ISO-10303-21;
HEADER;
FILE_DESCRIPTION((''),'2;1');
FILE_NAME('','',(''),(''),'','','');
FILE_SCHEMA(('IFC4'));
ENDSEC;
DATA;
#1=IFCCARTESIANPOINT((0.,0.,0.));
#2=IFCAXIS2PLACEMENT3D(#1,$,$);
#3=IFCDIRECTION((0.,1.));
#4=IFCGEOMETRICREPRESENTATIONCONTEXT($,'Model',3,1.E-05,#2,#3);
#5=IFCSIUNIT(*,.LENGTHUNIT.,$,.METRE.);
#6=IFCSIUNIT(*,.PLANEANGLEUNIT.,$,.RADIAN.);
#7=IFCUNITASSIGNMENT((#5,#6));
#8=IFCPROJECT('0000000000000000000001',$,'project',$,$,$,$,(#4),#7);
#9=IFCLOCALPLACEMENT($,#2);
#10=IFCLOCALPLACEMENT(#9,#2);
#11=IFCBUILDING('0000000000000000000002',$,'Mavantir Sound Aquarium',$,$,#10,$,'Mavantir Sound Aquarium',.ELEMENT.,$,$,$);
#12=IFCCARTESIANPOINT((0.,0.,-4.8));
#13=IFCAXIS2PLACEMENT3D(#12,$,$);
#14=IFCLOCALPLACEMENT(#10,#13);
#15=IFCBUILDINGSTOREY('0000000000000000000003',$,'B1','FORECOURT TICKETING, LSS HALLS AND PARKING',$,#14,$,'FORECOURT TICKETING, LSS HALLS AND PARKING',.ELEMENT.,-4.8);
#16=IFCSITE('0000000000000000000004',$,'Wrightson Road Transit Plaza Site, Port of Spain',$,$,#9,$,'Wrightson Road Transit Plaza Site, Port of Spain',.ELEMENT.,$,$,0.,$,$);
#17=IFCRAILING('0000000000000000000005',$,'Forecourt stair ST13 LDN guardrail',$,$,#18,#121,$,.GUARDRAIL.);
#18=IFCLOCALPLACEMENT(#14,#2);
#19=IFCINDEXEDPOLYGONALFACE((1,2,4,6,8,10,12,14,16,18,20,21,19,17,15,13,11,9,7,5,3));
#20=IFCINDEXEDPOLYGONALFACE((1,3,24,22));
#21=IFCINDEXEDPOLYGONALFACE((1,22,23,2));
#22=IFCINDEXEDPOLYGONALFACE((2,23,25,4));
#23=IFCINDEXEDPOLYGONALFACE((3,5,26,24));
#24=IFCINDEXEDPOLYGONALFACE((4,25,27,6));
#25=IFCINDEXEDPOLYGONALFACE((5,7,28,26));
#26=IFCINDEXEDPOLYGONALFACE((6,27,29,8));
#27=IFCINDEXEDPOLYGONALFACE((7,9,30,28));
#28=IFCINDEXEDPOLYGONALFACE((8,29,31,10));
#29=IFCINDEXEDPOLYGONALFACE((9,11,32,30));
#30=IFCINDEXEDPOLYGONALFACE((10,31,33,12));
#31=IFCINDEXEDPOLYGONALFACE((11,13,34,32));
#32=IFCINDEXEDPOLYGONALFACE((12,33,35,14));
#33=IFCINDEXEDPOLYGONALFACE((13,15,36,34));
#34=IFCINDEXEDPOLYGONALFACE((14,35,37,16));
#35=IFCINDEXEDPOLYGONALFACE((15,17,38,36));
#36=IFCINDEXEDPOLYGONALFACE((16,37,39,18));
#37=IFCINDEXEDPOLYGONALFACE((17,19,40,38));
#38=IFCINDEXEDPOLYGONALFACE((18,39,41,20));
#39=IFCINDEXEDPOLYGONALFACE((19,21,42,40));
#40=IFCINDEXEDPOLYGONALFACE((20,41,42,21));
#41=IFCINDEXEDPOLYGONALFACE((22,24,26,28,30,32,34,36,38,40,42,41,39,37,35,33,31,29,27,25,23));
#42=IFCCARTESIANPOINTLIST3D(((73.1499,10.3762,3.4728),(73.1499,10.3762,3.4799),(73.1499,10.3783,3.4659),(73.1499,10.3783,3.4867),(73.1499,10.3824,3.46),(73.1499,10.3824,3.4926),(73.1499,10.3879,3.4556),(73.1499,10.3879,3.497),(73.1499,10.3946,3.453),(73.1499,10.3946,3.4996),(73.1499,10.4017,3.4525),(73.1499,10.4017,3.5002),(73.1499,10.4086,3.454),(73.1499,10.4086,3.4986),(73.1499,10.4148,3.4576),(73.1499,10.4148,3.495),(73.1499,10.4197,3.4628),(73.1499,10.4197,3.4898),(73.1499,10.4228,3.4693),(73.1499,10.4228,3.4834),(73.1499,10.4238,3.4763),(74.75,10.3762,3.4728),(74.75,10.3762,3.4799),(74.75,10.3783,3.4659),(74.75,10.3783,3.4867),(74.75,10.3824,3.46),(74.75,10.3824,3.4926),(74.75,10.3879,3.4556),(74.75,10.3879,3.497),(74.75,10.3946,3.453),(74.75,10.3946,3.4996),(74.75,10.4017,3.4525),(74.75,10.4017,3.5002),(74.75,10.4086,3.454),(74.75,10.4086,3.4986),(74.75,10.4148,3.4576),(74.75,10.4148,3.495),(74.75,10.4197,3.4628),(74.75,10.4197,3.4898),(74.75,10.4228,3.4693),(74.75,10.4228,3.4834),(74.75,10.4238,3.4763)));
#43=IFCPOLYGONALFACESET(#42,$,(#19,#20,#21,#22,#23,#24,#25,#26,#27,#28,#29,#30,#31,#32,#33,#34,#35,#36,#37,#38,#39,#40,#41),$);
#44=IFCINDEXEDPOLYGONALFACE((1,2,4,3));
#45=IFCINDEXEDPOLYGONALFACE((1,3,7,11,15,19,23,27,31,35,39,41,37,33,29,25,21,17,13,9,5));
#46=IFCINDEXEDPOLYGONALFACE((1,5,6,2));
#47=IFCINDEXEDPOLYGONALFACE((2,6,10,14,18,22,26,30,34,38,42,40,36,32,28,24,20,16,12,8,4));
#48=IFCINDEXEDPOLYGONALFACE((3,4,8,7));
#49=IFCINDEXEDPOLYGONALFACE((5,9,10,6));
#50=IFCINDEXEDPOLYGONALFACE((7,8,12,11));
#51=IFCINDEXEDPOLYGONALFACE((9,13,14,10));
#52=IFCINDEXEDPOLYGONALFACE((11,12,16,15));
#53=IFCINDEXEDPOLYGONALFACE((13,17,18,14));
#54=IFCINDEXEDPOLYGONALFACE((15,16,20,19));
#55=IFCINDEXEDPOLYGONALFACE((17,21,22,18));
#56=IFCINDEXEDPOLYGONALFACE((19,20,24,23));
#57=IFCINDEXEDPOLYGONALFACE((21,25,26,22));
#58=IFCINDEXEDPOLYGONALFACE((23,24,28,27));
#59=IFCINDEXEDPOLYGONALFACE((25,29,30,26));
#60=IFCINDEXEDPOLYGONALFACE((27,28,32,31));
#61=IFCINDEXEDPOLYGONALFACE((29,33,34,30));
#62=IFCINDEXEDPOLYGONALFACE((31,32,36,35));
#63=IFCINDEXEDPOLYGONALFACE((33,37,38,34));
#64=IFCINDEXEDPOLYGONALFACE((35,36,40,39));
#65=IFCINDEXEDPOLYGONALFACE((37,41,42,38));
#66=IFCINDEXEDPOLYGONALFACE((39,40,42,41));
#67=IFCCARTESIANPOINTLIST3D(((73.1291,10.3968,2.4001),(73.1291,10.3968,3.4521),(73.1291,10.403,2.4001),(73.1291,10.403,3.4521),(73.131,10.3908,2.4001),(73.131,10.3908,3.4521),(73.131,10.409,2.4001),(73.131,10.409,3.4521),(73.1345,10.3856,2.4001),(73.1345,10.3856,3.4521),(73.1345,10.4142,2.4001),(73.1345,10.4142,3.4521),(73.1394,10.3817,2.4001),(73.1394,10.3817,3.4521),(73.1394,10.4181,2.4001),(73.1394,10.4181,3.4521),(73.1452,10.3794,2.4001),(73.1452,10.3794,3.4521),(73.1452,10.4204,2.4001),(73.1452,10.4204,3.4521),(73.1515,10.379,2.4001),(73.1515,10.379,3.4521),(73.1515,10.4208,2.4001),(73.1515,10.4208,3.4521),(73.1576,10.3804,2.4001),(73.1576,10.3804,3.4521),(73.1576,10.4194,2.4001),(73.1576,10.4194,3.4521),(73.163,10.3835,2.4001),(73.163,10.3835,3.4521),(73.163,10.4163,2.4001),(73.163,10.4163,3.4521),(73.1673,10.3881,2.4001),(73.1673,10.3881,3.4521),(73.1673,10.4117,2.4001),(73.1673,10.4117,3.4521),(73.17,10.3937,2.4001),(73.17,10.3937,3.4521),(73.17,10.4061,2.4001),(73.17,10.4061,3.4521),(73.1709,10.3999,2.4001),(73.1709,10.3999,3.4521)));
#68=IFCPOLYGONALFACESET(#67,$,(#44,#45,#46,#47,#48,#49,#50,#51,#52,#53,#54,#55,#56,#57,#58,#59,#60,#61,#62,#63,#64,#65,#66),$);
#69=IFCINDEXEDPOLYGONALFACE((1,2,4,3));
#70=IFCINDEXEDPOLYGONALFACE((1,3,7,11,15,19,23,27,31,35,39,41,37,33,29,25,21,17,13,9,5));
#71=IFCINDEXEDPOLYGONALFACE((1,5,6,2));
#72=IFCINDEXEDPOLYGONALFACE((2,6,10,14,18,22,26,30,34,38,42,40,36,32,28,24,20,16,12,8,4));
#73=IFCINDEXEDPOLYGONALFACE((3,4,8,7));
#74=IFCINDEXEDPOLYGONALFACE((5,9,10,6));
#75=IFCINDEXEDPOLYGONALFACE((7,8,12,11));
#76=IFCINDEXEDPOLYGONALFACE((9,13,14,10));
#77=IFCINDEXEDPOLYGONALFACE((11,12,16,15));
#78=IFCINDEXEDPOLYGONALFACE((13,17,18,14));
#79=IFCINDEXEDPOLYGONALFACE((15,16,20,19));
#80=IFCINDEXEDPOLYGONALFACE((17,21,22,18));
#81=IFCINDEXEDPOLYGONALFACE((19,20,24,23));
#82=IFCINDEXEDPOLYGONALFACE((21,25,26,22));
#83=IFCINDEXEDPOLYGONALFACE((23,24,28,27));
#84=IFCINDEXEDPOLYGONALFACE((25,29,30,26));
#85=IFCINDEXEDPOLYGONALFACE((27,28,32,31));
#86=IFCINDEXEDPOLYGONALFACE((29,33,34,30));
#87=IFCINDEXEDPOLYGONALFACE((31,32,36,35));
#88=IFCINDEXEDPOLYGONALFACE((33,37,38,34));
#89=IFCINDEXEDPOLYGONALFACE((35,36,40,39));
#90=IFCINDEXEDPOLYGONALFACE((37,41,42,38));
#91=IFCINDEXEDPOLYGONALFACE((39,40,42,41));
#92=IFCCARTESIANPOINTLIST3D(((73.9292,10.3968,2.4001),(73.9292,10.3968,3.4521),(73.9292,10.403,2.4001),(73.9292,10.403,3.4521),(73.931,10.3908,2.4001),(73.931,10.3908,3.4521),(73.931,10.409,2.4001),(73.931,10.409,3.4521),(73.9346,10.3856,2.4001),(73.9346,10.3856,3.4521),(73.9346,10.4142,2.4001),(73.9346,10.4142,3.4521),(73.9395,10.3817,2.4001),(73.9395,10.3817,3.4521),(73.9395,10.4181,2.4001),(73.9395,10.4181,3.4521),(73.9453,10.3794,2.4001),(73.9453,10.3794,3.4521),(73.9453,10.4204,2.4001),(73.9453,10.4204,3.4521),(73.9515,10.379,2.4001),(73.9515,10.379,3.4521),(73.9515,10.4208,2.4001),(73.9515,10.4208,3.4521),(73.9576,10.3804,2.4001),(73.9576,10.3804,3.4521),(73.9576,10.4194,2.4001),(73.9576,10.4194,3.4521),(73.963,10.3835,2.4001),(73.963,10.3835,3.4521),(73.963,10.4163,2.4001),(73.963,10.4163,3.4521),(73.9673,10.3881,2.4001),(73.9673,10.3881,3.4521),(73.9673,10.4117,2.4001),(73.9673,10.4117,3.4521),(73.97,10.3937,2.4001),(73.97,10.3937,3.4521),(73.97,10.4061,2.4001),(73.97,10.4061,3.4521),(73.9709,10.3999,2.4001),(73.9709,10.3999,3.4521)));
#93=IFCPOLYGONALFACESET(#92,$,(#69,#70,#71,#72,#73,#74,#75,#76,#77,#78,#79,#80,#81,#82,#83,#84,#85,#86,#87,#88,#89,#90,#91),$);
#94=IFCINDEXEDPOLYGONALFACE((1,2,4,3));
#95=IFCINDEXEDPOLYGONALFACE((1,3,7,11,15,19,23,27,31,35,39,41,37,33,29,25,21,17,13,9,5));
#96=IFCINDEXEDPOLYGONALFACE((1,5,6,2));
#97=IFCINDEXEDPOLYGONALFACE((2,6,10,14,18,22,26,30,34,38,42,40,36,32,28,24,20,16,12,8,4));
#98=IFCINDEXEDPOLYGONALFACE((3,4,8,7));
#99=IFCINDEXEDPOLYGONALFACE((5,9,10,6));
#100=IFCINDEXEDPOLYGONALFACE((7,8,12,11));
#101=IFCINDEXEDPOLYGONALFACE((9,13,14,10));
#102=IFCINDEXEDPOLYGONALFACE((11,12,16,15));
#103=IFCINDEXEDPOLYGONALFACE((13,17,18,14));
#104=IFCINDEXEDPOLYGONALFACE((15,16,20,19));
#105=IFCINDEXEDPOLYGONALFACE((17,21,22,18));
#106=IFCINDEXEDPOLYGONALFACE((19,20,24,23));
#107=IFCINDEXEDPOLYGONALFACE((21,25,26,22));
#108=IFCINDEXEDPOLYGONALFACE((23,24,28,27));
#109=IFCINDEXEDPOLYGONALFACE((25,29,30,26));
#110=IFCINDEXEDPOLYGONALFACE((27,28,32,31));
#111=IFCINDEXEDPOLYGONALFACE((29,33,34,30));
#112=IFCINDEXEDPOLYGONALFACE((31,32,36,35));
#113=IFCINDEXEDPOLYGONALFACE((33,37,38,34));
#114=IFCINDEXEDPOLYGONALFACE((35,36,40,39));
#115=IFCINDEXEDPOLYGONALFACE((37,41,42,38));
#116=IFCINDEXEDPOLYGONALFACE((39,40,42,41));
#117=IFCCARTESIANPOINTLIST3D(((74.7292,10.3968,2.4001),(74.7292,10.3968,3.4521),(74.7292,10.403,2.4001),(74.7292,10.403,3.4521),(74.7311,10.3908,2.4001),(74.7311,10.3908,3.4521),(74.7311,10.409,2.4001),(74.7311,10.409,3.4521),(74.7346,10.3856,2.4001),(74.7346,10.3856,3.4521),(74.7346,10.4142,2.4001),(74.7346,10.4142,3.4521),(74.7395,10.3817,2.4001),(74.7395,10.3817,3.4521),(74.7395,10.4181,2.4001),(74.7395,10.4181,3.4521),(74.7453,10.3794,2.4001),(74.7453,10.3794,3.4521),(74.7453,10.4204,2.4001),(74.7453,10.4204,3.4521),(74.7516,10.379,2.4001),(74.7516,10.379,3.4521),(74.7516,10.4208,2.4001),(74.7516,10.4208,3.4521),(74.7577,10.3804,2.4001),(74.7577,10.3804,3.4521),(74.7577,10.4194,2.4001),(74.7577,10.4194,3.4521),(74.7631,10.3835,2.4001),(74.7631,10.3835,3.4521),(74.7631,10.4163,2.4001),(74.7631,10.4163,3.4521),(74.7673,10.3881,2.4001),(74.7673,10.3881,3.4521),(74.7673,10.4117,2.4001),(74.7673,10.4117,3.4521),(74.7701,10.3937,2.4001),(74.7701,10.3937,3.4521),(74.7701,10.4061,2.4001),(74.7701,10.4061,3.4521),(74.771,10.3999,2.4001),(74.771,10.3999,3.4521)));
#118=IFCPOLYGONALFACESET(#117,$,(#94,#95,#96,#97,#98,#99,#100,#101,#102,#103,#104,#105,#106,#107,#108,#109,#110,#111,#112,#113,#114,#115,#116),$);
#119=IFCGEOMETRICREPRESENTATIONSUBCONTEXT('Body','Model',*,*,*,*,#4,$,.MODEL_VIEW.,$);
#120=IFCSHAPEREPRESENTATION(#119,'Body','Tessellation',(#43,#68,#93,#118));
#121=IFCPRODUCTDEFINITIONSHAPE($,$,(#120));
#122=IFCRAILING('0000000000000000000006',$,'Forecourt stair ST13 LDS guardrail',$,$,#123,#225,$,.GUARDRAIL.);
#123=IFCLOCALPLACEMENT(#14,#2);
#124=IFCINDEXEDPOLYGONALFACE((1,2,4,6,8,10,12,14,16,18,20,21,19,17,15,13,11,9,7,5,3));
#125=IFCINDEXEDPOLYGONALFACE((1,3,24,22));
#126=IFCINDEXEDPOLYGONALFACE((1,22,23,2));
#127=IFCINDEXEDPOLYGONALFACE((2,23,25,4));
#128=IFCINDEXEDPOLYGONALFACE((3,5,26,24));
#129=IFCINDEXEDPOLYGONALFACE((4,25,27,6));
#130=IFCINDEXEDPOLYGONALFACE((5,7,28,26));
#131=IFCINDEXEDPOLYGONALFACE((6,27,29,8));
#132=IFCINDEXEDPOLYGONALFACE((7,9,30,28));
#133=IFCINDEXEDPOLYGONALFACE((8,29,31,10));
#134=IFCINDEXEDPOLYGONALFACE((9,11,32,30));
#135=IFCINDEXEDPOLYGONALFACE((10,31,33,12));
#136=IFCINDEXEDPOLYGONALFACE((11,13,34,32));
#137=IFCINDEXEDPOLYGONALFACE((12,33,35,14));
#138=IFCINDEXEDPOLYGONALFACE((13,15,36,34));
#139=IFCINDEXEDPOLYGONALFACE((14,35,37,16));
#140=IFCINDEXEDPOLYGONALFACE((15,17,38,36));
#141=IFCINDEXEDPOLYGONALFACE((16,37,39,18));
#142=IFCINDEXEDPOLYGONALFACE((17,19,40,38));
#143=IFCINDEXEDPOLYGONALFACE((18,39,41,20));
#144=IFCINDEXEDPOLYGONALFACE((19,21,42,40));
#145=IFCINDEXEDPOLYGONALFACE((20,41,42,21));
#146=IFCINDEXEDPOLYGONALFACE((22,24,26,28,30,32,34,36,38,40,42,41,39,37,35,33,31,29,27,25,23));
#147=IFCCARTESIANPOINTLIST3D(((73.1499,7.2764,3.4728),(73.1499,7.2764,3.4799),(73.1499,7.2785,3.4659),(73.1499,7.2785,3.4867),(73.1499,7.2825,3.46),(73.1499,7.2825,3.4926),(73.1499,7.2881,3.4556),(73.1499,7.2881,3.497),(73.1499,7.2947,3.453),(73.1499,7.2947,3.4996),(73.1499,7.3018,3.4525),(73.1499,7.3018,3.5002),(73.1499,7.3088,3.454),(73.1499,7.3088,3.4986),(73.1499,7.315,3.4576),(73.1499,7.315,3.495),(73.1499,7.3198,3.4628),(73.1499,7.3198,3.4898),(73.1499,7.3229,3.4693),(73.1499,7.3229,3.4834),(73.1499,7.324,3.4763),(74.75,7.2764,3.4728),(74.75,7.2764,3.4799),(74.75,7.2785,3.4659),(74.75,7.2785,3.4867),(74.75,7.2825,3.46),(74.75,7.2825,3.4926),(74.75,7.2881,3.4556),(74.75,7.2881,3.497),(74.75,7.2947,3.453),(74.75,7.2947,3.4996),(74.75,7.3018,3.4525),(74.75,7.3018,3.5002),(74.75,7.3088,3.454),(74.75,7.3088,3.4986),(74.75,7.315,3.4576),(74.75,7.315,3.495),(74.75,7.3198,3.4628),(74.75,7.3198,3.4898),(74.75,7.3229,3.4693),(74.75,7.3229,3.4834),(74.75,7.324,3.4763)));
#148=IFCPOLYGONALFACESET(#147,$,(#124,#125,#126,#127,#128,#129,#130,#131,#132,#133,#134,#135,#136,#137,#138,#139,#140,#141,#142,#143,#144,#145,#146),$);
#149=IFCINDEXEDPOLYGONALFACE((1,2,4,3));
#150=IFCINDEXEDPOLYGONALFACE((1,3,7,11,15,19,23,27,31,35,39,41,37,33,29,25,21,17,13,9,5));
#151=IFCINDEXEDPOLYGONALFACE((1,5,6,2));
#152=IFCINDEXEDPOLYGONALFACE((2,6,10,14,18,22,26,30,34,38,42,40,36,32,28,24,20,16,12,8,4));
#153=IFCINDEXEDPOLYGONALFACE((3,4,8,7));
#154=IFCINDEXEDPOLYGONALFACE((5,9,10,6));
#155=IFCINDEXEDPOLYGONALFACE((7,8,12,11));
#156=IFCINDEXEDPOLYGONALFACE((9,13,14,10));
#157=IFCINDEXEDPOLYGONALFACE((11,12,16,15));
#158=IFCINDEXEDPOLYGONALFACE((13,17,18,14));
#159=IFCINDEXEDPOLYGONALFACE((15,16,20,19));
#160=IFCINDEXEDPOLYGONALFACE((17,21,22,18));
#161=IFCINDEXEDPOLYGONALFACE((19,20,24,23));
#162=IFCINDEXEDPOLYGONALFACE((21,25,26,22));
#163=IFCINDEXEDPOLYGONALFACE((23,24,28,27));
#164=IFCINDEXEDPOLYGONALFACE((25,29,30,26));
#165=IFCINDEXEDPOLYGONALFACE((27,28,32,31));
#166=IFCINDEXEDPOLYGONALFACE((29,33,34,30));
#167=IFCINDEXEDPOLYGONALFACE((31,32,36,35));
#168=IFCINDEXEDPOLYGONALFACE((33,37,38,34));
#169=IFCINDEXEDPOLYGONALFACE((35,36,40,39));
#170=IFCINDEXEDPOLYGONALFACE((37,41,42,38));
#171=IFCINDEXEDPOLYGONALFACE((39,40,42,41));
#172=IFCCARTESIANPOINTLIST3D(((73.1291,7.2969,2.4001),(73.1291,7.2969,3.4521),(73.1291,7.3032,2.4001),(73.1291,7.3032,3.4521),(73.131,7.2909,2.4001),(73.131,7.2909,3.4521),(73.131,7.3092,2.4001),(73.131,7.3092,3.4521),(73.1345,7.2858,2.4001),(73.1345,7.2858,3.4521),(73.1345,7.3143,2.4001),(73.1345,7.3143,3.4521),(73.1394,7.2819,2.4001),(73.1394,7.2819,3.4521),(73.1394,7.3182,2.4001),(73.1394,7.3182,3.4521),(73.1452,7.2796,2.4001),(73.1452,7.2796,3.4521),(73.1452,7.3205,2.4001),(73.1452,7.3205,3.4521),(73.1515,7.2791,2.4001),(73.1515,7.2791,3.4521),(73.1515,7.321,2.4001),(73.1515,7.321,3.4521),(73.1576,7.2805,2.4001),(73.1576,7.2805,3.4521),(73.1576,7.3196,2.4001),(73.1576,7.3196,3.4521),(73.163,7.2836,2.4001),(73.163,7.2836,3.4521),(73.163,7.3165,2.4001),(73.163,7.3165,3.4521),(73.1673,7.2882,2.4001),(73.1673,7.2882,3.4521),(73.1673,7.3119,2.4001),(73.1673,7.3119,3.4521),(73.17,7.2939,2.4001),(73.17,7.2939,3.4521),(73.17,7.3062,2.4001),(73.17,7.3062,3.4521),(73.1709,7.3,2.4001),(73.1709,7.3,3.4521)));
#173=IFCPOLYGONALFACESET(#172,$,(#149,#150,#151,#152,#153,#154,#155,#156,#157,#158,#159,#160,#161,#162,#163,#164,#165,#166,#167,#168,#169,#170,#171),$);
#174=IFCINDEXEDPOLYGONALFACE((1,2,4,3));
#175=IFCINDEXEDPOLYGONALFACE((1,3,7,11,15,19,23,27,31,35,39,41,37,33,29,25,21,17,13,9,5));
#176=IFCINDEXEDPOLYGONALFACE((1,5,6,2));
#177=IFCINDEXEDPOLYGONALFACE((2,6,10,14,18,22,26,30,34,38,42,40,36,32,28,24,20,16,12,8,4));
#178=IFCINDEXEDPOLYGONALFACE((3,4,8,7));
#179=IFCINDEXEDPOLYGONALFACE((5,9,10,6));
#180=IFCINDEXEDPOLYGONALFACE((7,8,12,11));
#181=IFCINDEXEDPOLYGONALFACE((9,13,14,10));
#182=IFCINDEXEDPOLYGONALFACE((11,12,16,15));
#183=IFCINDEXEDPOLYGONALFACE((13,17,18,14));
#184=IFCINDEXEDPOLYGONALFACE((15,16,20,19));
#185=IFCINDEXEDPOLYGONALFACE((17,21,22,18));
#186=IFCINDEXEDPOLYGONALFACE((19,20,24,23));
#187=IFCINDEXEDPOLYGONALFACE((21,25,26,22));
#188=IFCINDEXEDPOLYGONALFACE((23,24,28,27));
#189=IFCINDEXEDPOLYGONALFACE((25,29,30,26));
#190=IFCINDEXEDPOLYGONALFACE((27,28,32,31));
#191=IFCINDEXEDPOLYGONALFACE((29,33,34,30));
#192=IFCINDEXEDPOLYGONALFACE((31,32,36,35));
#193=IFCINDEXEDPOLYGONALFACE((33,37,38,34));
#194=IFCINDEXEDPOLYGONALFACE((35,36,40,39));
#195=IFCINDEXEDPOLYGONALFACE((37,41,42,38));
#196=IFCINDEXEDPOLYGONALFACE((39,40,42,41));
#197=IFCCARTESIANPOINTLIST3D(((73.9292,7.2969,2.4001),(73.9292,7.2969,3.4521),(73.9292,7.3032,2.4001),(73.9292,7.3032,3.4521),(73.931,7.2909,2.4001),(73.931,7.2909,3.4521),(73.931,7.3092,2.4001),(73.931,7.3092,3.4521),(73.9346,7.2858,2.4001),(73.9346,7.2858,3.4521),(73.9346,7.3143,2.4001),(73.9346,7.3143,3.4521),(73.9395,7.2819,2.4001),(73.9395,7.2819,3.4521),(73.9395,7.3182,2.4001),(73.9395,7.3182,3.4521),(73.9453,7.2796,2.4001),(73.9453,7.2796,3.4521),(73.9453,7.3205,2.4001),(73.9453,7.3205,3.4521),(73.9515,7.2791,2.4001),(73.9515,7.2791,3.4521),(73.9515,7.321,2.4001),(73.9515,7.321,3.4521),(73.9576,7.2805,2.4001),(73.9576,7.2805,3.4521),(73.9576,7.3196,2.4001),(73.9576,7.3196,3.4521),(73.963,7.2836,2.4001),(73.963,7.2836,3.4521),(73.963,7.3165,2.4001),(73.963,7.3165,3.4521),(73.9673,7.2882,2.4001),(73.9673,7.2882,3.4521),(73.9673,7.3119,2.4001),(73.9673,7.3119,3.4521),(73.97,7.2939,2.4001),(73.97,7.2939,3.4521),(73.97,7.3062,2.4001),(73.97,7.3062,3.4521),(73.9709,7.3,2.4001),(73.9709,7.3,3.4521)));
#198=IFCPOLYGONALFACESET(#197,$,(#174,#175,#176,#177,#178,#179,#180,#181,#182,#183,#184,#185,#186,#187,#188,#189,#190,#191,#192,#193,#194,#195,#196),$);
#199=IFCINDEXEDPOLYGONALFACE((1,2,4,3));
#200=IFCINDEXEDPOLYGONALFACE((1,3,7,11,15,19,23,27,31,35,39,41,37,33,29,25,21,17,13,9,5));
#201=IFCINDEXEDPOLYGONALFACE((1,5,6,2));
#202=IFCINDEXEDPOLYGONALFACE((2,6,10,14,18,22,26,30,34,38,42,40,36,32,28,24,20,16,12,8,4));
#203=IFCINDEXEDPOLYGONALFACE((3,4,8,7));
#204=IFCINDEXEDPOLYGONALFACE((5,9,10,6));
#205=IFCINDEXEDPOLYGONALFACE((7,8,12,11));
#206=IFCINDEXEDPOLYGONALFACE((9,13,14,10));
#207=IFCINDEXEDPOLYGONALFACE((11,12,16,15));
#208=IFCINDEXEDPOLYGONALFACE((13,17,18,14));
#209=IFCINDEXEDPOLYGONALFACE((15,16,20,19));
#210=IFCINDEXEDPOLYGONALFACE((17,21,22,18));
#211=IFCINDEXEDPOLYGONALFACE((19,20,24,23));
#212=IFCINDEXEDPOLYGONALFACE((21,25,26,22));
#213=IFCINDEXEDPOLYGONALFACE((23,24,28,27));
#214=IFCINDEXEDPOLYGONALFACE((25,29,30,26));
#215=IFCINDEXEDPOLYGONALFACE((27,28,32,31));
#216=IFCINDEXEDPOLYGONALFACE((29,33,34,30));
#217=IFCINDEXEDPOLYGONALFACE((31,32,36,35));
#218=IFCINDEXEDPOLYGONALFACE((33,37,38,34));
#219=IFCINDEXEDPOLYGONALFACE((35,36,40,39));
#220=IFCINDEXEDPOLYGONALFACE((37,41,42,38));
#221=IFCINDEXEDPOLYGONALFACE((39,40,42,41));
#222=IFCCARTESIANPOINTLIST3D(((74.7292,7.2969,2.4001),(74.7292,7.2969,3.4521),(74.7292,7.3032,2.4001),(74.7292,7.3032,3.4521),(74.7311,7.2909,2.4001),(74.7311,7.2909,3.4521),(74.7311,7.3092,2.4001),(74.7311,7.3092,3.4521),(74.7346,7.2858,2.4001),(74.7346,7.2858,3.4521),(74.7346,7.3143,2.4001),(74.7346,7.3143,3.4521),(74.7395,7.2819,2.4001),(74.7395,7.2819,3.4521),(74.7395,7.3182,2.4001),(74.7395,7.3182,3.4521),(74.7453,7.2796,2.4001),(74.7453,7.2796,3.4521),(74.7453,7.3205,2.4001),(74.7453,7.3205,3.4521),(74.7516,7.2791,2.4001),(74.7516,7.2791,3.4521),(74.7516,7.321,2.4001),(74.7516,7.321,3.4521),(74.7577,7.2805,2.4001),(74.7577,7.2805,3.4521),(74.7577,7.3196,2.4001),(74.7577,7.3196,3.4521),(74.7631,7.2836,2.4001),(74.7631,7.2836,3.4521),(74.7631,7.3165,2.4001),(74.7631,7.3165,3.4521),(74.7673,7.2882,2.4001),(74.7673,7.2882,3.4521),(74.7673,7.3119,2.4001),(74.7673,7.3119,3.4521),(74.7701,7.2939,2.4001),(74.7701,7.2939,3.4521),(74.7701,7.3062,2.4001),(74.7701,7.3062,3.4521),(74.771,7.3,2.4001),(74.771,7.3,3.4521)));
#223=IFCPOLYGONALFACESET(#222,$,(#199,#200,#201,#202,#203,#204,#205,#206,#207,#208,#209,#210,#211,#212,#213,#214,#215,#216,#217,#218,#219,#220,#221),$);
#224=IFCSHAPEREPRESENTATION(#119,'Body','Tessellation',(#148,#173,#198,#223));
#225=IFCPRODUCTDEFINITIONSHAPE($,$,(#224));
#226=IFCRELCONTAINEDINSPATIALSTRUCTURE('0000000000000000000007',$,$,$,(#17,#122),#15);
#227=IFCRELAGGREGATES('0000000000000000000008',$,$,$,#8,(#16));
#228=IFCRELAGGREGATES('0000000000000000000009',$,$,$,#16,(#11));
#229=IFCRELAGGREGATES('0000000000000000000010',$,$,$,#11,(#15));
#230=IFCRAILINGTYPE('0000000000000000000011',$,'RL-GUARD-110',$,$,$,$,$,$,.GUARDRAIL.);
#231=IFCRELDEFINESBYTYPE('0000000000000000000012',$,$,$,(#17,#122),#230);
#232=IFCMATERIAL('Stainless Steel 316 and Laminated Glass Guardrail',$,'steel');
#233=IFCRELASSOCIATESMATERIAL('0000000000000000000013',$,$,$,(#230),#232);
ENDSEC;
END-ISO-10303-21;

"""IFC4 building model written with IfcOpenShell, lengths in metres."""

from ifc_helpers import new_model, si_unit, direction, frame, origin, origin_2d, place, context, subcontext, project, spatial, circle, extrude, material, type_object, element, save


model = new_model("IFC4")

# Units and contexts
model_context = context("Model", 3, precision=1e-05, world=origin(), true_north=direction((0.0, 1.0)))
body_context = subcontext(model_context, "Body", "Model", "MODEL_VIEW")
ifc_project = project(units=[si_unit("LENGTHUNIT", "METRE"), si_unit("PLANEANGLEUNIT", "RADIAN")], contexts=[model_context])

# Site, building, storey
site_placement = place(None, origin())
site = spatial("IfcSite", under=ifc_project, at=site_placement, Name="Wrightson Road Transit Plaza Site, Port of Spain", LongName="Wrightson Road Transit Plaza Site, Port of Spain", CompositionType="ELEMENT", RefElevation=0.0)
building_placement = place(site_placement, origin())
building = spatial("IfcBuilding", under=site, at=building_placement, Name="Mavantir Sound Aquarium", LongName="Mavantir Sound Aquarium", CompositionType="ELEMENT")
storey_placement = place(building_placement, frame((0.0, 0.0, -4.8)))
storey = spatial("IfcBuildingStorey", under=building, at=storey_placement, Name="B1", Description="FORECOURT TICKETING, LSS HALLS AND PARKING", LongName="FORECOURT TICKETING, LSS HALLS AND PARKING", CompositionType="ELEMENT", Elevation=-4.8)

# Railings
ifc_material_1 = material(Name="Stainless Steel 316 and Laminated Glass Guardrail", Category="steel")
railing_type = type_object("IfcRailingType", Name="RL-GUARD-110", PredefinedType="GUARDRAIL", material=ifc_material_1)
for number, where, name in (
    (1, (73.1499, 10.3999, 2.4001), "Forecourt stair ST13 LDN guardrail"),
    (2, (73.1499, 7.3, 2.4001), "Forecourt stair ST13 LDS guardrail"),
):
    element("IfcRailing", number, at=place(storey_placement, frame(where)), inside=storey, type_object=railing_type, Name=name, PredefinedType="GUARDRAIL", context=body_context, shape_type="SweptSolid", body=[
        extrude(circle(Radius=0.0239, at=origin_2d()), frame((0.0, 0.0, 1.0762), z_axis=(1.0, 0.0, 0.0), x_axis=(0.0, 1.0, 0.0)), (0.0, 0.0, 1.0), 1.6001),
        extrude(circle(Radius=0.021, at=origin_2d()), origin(), (0.0, 0.0, 1.0), 1.052),
        extrude(circle(Radius=0.021, at=origin_2d()), frame((0.8, 0.0, 0.0)), (0.0, 0.0, 1.0), 1.052),
        extrude(circle(Radius=0.021, at=origin_2d()), frame((1.6001, 0.0, 0.0)), (0.0, 0.0, 1.0), 1.052),
    ])

save(model, "model.ifc")
